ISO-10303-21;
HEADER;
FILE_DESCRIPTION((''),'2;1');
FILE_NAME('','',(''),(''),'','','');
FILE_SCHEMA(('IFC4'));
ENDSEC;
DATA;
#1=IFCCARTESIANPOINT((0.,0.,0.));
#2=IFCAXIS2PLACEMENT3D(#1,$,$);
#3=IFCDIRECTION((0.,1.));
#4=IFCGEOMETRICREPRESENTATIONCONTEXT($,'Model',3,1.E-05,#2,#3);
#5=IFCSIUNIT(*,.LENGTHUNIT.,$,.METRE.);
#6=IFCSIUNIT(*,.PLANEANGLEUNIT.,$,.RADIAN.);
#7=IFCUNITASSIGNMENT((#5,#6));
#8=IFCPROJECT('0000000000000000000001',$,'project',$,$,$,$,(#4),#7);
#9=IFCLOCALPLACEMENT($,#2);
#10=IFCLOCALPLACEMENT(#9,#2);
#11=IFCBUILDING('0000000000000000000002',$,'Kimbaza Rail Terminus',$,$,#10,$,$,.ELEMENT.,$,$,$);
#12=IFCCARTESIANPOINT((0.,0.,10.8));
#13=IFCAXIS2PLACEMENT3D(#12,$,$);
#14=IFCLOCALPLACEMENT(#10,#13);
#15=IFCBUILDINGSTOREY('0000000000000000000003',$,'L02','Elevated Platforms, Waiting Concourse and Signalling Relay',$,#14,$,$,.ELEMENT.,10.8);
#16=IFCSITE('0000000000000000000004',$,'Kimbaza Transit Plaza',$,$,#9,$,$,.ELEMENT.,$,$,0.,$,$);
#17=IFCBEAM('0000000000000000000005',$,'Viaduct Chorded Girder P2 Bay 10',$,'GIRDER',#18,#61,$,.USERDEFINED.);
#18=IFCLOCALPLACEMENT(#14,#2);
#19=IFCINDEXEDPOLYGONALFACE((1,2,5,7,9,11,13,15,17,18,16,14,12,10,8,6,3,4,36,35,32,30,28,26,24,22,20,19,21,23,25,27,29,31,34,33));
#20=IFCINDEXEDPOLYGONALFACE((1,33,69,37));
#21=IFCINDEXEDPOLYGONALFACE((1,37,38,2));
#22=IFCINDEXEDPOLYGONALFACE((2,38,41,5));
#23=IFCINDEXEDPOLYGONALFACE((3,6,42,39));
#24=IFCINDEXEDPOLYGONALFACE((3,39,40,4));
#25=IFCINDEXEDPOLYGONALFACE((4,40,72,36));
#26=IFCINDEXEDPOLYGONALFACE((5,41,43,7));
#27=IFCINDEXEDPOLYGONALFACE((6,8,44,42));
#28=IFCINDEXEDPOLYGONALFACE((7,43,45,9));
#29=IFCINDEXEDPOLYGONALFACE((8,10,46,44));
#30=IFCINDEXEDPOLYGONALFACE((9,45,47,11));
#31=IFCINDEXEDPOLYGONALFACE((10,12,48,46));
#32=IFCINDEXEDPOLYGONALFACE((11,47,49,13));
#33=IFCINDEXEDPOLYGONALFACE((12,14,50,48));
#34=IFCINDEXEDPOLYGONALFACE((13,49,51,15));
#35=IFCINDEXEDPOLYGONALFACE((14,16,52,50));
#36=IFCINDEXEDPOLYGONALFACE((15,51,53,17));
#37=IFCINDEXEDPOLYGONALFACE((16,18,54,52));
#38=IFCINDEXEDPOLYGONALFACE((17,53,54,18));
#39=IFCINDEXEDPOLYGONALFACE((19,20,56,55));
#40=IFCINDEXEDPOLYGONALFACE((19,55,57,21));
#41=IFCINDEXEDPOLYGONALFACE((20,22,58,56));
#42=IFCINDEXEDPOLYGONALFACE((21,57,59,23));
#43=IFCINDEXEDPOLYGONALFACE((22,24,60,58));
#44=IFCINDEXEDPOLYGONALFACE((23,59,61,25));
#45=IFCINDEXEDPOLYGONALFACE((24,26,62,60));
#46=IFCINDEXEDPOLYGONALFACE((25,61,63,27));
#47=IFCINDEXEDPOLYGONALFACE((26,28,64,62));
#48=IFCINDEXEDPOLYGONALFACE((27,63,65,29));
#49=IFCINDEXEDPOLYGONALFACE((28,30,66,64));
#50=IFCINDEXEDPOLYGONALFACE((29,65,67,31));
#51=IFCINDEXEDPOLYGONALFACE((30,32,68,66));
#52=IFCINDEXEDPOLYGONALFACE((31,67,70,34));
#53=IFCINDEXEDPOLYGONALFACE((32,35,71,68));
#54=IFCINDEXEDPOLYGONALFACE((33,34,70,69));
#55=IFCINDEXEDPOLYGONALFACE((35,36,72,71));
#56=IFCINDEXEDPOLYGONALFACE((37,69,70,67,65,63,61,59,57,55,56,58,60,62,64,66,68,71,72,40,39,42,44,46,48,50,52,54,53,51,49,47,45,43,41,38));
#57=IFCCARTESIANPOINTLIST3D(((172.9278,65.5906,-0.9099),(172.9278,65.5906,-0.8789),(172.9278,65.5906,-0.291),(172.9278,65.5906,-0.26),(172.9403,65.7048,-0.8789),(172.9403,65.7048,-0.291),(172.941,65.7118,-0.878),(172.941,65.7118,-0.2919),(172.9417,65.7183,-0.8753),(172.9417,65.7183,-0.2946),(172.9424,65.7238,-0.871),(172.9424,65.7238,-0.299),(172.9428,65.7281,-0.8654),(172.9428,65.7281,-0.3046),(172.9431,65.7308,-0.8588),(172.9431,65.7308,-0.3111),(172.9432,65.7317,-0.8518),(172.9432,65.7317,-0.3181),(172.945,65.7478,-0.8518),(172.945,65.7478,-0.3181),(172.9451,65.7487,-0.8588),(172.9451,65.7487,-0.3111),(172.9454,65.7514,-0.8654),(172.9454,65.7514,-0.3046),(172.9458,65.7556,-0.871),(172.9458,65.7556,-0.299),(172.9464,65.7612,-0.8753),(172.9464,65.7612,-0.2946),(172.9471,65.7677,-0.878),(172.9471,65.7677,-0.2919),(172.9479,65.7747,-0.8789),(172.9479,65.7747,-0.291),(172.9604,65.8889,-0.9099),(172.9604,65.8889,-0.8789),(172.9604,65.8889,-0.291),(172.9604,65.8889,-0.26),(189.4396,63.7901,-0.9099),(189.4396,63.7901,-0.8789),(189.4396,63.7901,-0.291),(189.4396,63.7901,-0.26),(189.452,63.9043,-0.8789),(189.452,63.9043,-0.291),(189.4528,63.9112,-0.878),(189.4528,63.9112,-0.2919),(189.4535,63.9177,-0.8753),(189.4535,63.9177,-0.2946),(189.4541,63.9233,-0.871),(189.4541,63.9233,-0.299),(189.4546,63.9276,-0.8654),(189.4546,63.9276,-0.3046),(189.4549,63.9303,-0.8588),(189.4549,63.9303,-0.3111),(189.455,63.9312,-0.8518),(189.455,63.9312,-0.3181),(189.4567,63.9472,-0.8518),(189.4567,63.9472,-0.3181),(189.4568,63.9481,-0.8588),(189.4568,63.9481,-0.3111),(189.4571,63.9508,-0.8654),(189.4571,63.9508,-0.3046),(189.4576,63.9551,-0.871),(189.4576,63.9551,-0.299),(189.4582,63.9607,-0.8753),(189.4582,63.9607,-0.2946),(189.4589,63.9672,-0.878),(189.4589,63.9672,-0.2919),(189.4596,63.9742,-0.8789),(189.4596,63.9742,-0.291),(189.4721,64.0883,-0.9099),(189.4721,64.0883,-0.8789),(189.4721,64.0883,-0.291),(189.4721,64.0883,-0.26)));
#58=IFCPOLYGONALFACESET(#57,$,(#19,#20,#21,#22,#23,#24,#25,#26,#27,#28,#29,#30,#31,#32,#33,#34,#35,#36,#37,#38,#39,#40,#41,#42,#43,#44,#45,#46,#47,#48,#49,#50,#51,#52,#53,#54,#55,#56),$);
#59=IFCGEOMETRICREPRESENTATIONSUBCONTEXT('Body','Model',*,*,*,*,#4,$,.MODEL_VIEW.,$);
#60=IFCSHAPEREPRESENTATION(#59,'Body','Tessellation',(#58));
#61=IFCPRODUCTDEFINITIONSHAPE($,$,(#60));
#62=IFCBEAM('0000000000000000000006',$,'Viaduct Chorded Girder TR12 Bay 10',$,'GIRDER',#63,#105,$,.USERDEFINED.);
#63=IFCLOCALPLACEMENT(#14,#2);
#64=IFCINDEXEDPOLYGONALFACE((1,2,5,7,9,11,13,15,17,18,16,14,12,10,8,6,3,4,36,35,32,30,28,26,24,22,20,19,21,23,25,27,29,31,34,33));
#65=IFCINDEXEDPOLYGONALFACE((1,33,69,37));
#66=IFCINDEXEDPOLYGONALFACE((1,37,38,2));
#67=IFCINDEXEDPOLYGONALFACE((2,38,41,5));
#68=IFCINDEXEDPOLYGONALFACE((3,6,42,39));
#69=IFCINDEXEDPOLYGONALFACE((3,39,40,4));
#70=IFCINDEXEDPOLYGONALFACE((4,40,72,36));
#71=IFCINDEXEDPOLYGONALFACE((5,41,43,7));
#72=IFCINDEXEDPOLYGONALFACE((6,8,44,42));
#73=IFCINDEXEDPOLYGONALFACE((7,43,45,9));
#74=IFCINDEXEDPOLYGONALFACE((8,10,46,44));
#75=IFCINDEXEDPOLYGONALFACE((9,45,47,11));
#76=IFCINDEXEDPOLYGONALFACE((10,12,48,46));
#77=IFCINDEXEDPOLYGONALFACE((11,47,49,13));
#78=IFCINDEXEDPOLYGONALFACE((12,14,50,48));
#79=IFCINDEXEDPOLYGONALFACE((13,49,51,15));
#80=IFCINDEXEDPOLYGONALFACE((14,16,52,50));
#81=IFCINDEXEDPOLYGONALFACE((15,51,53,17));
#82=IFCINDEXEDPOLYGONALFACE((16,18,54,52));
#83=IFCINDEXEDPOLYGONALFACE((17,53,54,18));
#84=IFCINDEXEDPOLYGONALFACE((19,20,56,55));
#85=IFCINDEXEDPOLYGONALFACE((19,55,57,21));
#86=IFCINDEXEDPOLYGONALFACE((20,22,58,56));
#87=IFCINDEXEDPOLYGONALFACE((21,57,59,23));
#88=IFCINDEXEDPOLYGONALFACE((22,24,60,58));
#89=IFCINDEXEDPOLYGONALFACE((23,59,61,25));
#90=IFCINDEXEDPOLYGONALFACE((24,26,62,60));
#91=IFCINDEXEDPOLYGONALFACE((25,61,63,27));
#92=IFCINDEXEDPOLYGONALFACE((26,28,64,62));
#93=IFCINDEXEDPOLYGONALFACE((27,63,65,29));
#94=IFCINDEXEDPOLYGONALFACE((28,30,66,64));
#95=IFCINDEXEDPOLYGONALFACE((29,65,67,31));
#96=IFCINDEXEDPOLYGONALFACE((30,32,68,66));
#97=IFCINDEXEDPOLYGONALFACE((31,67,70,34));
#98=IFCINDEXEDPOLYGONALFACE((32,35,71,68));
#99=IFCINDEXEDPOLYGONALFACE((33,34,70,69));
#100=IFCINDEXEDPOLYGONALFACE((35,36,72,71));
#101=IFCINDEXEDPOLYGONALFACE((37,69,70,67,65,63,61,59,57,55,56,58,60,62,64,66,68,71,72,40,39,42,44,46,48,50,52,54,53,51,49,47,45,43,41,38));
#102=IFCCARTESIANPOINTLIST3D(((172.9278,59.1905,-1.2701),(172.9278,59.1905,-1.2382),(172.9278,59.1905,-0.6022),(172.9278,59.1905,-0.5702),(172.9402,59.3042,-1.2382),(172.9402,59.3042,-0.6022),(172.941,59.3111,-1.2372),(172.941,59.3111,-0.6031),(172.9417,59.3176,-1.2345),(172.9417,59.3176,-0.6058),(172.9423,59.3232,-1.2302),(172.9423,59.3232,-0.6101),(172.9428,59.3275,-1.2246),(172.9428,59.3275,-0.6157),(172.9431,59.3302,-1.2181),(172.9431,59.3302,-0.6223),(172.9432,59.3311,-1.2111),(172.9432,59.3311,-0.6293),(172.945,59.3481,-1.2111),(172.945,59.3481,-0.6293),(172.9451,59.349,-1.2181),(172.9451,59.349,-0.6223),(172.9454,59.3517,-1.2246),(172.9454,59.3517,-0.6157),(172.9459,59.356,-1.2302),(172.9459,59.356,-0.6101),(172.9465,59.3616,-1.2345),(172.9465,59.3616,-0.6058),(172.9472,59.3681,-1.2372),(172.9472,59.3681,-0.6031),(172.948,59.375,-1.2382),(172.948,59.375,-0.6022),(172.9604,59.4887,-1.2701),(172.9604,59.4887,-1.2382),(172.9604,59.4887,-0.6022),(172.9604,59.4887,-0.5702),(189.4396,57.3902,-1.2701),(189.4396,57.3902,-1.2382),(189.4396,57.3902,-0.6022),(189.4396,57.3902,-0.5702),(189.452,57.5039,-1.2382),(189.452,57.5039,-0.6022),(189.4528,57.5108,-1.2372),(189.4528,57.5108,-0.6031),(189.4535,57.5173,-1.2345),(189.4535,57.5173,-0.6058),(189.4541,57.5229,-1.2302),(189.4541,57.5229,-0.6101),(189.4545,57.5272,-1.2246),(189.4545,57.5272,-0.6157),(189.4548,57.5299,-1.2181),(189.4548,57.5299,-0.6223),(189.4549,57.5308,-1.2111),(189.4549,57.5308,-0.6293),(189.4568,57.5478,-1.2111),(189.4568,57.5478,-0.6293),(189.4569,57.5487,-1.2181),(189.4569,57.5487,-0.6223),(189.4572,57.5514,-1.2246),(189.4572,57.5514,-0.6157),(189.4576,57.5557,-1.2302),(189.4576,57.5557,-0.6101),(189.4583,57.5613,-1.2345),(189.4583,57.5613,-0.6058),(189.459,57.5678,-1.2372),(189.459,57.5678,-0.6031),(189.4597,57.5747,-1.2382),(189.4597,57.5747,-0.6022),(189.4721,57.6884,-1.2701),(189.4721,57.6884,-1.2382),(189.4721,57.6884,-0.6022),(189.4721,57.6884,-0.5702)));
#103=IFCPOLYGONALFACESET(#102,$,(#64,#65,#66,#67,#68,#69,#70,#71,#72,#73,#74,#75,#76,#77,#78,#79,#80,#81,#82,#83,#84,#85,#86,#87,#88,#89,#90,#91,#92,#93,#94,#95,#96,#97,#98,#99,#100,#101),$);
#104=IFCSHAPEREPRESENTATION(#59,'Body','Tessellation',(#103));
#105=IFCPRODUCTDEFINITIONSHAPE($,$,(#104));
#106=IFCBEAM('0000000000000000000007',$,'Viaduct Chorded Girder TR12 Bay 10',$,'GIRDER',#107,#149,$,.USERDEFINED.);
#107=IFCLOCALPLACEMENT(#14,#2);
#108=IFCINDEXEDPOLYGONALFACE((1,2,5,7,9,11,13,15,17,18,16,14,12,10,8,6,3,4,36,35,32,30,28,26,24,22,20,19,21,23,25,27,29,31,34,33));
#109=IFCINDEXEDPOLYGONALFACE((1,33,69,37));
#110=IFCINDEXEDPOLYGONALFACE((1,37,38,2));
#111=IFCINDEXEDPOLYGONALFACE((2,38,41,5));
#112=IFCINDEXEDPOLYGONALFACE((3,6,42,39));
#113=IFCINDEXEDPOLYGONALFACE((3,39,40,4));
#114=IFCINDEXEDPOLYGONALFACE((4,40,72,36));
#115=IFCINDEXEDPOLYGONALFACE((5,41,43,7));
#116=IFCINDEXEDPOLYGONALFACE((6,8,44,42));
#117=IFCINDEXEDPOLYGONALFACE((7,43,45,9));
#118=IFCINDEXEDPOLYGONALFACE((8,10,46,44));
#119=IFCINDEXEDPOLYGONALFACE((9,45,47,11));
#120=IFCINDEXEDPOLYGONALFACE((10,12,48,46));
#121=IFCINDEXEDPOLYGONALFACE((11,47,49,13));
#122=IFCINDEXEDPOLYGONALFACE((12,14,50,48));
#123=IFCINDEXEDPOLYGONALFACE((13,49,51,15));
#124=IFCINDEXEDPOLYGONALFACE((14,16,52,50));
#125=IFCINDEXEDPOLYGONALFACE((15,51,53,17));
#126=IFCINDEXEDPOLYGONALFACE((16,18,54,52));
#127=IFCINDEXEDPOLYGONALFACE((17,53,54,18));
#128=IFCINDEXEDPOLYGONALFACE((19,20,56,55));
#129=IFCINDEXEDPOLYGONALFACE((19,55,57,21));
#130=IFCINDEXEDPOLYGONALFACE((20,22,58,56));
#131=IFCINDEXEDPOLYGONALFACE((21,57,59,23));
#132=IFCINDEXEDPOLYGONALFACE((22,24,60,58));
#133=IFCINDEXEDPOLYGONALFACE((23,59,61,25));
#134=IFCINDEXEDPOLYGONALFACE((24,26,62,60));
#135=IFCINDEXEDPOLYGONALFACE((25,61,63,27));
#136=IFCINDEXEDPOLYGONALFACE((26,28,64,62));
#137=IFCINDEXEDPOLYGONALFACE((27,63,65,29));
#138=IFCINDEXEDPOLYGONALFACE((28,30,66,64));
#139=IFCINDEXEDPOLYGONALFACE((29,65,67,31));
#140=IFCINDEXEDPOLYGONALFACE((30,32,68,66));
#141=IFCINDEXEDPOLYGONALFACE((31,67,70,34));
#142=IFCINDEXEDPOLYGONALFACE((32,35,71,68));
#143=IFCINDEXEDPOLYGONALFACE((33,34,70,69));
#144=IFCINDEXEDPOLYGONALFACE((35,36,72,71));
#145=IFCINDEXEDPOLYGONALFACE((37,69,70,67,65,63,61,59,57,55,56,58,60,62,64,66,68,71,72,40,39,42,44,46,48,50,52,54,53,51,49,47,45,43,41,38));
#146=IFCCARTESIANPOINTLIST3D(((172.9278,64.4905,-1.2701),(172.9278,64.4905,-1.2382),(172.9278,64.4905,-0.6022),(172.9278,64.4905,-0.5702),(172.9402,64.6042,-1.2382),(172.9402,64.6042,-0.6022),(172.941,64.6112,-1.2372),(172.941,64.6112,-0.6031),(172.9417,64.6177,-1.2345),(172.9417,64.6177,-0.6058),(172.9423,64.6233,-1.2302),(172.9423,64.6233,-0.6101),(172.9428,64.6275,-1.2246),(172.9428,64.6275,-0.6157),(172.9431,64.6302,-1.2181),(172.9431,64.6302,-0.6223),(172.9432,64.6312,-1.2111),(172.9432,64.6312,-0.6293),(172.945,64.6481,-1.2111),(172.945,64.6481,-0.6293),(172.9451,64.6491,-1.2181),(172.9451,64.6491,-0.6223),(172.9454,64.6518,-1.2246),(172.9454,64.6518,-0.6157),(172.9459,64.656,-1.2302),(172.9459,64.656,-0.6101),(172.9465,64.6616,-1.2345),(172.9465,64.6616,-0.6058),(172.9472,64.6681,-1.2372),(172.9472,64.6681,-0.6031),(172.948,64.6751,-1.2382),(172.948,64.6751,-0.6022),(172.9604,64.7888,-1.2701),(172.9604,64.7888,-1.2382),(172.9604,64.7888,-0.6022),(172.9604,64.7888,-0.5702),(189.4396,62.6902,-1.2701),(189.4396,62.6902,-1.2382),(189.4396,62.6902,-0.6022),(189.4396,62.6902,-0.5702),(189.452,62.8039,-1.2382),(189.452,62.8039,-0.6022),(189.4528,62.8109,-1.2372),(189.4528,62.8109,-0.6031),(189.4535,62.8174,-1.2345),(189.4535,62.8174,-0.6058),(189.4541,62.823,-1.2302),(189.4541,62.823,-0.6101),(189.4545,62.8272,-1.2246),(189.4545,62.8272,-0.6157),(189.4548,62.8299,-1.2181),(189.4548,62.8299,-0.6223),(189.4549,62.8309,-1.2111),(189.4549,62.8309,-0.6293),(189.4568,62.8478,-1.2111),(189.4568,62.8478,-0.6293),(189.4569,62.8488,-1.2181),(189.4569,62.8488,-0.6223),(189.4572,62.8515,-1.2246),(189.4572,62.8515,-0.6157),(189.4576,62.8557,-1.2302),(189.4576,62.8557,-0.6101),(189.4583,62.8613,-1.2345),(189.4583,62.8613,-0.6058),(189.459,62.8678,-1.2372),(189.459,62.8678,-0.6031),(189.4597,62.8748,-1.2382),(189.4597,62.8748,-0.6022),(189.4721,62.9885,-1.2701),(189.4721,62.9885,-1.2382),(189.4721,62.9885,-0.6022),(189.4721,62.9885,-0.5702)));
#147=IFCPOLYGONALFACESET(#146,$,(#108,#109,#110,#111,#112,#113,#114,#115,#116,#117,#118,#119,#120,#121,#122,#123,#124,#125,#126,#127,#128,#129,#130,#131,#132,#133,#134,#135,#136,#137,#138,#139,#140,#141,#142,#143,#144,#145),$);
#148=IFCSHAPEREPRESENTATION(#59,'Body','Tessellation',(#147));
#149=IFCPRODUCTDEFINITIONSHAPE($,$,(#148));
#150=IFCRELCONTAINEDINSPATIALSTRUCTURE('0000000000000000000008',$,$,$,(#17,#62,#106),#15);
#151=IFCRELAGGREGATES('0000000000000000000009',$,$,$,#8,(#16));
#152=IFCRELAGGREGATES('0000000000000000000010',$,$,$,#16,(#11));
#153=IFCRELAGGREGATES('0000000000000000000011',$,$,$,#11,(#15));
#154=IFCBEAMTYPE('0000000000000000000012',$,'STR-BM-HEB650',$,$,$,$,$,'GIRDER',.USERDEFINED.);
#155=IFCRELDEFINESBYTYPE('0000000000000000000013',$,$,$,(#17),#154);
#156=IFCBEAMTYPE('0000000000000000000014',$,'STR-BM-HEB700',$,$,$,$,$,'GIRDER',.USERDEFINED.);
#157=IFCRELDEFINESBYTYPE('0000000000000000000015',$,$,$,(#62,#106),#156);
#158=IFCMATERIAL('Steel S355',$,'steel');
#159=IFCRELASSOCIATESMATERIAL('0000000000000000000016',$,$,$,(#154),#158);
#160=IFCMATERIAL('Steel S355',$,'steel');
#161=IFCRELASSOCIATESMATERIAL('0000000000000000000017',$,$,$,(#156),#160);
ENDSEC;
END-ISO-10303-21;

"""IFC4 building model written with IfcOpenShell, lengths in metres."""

from ifc_helpers import new_model, si_unit, direction, frame, origin, origin_2d, place, context, subcontext, project, spatial, i_section, extrude, material, material_profile, profile_set, type_object, element, save


model = new_model("IFC4")

# Units and contexts
model_context = context("Model", 3, precision=1e-05, world=origin(), true_north=direction((0.0, 1.0)))
body_context = subcontext(model_context, "Body", "Model", "MODEL_VIEW")
ifc_project = project(units=[si_unit("LENGTHUNIT", "METRE"), si_unit("PLANEANGLEUNIT", "RADIAN")], contexts=[model_context])

# Site, building, storey
site_placement = place(None, origin())
site = spatial("IfcSite", under=ifc_project, at=site_placement, Name="Kimbaza Transit Plaza", CompositionType="ELEMENT", RefElevation=0.0)
building_placement = place(site_placement, origin())
building = spatial("IfcBuilding", under=site, at=building_placement, Name="Kimbaza Rail Terminus", CompositionType="ELEMENT")
storey_placement = place(building_placement, frame((0.0, 0.0, 10.8)))
storey = spatial("IfcBuildingStorey", under=building, at=storey_placement, Name="L02", Description="Elevated Platforms, Waiting Concourse and Signalling Relay", CompositionType="ELEMENT", Elevation=10.8)

# Beams
ifc_material_1 = material(Name="Steel S355", Category="steel")
ifc_material_profile_1 = material_profile(ifc_material_1, i_section(OverallWidth=0.3, OverallDepth=0.6499, WebThickness=0.0161, FlangeThickness=0.031, FilletRadius=0.0271, at=origin_2d()), Name="HEB 650")
ifc_profile_set_1 = profile_set([ifc_material_profile_1], Name="Steel S355")
beam_type_1 = type_object("IfcBeamType", Name="STR-BM-HEB650", ElementType="GIRDER", PredefinedType="USERDEFINED", material=ifc_profile_set_1)
beam_placement = place(storey_placement, frame((172.9441, 65.7397, -0.585), z_axis=(0.994107, -0.108403, 0.0), x_axis=(0.108403, 0.994107, 0.0)))
element("IfcBeam", 1, at=beam_placement, inside=storey, type_object=beam_type_1, Name="Viaduct Chorded Girder P2 Bay 10", ObjectType="GIRDER", PredefinedType="USERDEFINED", context=body_context, shape_type="SweptSolid", body=[
    extrude(i_section(OverallWidth=0.3, OverallDepth=0.6499, WebThickness=0.0161, FlangeThickness=0.031, FilletRadius=0.0271, at=origin_2d()), origin(), (0.0, 0.0, 1.0), 16.6096),
])
ifc_material_2 = material(Name="Steel S355", Category="steel")
ifc_material_profile_2 = material_profile(ifc_material_2, i_section(OverallWidth=0.3, OverallDepth=0.7, WebThickness=0.0171, FlangeThickness=0.032, FilletRadius=0.0271, at=origin_2d()), Name="HEB 700")
ifc_profile_set_2 = profile_set([ifc_material_profile_2], Name="Steel S355")
beam_type_2 = type_object("IfcBeamType", Name="STR-BM-HEB700", ElementType="GIRDER", PredefinedType="USERDEFINED", material=ifc_profile_set_2)
for number, where, z_axis, x_axis, name in (
    (2, (172.9441, 59.3396, -0.9202), (0.994109, -0.108389, 0.0), (0.108389, 0.994109, 0.0), "Viaduct Chorded Girder TR12 Bay 10"),
    (3, (172.9441, 64.6396, -0.9202), (0.994109, -0.108389, 0.0), (0.108389, 0.994109, 0.0), "Viaduct Chorded Girder TR12 Bay 10"),
):
    element("IfcBeam", number, at=place(storey_placement, frame(where, z_axis=z_axis, x_axis=x_axis)), inside=storey, type_object=beam_type_2, Name=name, ObjectType="GIRDER", PredefinedType="USERDEFINED", context=body_context, shape_type="SweptSolid", body=[
        extrude(i_section(OverallWidth=0.3, OverallDepth=0.7, WebThickness=0.0171, FlangeThickness=0.032, FilletRadius=0.0271, at=origin_2d()), origin(), (0.0, 0.0, 1.0), 16.6096),
    ])

save(model, "model.ifc")
